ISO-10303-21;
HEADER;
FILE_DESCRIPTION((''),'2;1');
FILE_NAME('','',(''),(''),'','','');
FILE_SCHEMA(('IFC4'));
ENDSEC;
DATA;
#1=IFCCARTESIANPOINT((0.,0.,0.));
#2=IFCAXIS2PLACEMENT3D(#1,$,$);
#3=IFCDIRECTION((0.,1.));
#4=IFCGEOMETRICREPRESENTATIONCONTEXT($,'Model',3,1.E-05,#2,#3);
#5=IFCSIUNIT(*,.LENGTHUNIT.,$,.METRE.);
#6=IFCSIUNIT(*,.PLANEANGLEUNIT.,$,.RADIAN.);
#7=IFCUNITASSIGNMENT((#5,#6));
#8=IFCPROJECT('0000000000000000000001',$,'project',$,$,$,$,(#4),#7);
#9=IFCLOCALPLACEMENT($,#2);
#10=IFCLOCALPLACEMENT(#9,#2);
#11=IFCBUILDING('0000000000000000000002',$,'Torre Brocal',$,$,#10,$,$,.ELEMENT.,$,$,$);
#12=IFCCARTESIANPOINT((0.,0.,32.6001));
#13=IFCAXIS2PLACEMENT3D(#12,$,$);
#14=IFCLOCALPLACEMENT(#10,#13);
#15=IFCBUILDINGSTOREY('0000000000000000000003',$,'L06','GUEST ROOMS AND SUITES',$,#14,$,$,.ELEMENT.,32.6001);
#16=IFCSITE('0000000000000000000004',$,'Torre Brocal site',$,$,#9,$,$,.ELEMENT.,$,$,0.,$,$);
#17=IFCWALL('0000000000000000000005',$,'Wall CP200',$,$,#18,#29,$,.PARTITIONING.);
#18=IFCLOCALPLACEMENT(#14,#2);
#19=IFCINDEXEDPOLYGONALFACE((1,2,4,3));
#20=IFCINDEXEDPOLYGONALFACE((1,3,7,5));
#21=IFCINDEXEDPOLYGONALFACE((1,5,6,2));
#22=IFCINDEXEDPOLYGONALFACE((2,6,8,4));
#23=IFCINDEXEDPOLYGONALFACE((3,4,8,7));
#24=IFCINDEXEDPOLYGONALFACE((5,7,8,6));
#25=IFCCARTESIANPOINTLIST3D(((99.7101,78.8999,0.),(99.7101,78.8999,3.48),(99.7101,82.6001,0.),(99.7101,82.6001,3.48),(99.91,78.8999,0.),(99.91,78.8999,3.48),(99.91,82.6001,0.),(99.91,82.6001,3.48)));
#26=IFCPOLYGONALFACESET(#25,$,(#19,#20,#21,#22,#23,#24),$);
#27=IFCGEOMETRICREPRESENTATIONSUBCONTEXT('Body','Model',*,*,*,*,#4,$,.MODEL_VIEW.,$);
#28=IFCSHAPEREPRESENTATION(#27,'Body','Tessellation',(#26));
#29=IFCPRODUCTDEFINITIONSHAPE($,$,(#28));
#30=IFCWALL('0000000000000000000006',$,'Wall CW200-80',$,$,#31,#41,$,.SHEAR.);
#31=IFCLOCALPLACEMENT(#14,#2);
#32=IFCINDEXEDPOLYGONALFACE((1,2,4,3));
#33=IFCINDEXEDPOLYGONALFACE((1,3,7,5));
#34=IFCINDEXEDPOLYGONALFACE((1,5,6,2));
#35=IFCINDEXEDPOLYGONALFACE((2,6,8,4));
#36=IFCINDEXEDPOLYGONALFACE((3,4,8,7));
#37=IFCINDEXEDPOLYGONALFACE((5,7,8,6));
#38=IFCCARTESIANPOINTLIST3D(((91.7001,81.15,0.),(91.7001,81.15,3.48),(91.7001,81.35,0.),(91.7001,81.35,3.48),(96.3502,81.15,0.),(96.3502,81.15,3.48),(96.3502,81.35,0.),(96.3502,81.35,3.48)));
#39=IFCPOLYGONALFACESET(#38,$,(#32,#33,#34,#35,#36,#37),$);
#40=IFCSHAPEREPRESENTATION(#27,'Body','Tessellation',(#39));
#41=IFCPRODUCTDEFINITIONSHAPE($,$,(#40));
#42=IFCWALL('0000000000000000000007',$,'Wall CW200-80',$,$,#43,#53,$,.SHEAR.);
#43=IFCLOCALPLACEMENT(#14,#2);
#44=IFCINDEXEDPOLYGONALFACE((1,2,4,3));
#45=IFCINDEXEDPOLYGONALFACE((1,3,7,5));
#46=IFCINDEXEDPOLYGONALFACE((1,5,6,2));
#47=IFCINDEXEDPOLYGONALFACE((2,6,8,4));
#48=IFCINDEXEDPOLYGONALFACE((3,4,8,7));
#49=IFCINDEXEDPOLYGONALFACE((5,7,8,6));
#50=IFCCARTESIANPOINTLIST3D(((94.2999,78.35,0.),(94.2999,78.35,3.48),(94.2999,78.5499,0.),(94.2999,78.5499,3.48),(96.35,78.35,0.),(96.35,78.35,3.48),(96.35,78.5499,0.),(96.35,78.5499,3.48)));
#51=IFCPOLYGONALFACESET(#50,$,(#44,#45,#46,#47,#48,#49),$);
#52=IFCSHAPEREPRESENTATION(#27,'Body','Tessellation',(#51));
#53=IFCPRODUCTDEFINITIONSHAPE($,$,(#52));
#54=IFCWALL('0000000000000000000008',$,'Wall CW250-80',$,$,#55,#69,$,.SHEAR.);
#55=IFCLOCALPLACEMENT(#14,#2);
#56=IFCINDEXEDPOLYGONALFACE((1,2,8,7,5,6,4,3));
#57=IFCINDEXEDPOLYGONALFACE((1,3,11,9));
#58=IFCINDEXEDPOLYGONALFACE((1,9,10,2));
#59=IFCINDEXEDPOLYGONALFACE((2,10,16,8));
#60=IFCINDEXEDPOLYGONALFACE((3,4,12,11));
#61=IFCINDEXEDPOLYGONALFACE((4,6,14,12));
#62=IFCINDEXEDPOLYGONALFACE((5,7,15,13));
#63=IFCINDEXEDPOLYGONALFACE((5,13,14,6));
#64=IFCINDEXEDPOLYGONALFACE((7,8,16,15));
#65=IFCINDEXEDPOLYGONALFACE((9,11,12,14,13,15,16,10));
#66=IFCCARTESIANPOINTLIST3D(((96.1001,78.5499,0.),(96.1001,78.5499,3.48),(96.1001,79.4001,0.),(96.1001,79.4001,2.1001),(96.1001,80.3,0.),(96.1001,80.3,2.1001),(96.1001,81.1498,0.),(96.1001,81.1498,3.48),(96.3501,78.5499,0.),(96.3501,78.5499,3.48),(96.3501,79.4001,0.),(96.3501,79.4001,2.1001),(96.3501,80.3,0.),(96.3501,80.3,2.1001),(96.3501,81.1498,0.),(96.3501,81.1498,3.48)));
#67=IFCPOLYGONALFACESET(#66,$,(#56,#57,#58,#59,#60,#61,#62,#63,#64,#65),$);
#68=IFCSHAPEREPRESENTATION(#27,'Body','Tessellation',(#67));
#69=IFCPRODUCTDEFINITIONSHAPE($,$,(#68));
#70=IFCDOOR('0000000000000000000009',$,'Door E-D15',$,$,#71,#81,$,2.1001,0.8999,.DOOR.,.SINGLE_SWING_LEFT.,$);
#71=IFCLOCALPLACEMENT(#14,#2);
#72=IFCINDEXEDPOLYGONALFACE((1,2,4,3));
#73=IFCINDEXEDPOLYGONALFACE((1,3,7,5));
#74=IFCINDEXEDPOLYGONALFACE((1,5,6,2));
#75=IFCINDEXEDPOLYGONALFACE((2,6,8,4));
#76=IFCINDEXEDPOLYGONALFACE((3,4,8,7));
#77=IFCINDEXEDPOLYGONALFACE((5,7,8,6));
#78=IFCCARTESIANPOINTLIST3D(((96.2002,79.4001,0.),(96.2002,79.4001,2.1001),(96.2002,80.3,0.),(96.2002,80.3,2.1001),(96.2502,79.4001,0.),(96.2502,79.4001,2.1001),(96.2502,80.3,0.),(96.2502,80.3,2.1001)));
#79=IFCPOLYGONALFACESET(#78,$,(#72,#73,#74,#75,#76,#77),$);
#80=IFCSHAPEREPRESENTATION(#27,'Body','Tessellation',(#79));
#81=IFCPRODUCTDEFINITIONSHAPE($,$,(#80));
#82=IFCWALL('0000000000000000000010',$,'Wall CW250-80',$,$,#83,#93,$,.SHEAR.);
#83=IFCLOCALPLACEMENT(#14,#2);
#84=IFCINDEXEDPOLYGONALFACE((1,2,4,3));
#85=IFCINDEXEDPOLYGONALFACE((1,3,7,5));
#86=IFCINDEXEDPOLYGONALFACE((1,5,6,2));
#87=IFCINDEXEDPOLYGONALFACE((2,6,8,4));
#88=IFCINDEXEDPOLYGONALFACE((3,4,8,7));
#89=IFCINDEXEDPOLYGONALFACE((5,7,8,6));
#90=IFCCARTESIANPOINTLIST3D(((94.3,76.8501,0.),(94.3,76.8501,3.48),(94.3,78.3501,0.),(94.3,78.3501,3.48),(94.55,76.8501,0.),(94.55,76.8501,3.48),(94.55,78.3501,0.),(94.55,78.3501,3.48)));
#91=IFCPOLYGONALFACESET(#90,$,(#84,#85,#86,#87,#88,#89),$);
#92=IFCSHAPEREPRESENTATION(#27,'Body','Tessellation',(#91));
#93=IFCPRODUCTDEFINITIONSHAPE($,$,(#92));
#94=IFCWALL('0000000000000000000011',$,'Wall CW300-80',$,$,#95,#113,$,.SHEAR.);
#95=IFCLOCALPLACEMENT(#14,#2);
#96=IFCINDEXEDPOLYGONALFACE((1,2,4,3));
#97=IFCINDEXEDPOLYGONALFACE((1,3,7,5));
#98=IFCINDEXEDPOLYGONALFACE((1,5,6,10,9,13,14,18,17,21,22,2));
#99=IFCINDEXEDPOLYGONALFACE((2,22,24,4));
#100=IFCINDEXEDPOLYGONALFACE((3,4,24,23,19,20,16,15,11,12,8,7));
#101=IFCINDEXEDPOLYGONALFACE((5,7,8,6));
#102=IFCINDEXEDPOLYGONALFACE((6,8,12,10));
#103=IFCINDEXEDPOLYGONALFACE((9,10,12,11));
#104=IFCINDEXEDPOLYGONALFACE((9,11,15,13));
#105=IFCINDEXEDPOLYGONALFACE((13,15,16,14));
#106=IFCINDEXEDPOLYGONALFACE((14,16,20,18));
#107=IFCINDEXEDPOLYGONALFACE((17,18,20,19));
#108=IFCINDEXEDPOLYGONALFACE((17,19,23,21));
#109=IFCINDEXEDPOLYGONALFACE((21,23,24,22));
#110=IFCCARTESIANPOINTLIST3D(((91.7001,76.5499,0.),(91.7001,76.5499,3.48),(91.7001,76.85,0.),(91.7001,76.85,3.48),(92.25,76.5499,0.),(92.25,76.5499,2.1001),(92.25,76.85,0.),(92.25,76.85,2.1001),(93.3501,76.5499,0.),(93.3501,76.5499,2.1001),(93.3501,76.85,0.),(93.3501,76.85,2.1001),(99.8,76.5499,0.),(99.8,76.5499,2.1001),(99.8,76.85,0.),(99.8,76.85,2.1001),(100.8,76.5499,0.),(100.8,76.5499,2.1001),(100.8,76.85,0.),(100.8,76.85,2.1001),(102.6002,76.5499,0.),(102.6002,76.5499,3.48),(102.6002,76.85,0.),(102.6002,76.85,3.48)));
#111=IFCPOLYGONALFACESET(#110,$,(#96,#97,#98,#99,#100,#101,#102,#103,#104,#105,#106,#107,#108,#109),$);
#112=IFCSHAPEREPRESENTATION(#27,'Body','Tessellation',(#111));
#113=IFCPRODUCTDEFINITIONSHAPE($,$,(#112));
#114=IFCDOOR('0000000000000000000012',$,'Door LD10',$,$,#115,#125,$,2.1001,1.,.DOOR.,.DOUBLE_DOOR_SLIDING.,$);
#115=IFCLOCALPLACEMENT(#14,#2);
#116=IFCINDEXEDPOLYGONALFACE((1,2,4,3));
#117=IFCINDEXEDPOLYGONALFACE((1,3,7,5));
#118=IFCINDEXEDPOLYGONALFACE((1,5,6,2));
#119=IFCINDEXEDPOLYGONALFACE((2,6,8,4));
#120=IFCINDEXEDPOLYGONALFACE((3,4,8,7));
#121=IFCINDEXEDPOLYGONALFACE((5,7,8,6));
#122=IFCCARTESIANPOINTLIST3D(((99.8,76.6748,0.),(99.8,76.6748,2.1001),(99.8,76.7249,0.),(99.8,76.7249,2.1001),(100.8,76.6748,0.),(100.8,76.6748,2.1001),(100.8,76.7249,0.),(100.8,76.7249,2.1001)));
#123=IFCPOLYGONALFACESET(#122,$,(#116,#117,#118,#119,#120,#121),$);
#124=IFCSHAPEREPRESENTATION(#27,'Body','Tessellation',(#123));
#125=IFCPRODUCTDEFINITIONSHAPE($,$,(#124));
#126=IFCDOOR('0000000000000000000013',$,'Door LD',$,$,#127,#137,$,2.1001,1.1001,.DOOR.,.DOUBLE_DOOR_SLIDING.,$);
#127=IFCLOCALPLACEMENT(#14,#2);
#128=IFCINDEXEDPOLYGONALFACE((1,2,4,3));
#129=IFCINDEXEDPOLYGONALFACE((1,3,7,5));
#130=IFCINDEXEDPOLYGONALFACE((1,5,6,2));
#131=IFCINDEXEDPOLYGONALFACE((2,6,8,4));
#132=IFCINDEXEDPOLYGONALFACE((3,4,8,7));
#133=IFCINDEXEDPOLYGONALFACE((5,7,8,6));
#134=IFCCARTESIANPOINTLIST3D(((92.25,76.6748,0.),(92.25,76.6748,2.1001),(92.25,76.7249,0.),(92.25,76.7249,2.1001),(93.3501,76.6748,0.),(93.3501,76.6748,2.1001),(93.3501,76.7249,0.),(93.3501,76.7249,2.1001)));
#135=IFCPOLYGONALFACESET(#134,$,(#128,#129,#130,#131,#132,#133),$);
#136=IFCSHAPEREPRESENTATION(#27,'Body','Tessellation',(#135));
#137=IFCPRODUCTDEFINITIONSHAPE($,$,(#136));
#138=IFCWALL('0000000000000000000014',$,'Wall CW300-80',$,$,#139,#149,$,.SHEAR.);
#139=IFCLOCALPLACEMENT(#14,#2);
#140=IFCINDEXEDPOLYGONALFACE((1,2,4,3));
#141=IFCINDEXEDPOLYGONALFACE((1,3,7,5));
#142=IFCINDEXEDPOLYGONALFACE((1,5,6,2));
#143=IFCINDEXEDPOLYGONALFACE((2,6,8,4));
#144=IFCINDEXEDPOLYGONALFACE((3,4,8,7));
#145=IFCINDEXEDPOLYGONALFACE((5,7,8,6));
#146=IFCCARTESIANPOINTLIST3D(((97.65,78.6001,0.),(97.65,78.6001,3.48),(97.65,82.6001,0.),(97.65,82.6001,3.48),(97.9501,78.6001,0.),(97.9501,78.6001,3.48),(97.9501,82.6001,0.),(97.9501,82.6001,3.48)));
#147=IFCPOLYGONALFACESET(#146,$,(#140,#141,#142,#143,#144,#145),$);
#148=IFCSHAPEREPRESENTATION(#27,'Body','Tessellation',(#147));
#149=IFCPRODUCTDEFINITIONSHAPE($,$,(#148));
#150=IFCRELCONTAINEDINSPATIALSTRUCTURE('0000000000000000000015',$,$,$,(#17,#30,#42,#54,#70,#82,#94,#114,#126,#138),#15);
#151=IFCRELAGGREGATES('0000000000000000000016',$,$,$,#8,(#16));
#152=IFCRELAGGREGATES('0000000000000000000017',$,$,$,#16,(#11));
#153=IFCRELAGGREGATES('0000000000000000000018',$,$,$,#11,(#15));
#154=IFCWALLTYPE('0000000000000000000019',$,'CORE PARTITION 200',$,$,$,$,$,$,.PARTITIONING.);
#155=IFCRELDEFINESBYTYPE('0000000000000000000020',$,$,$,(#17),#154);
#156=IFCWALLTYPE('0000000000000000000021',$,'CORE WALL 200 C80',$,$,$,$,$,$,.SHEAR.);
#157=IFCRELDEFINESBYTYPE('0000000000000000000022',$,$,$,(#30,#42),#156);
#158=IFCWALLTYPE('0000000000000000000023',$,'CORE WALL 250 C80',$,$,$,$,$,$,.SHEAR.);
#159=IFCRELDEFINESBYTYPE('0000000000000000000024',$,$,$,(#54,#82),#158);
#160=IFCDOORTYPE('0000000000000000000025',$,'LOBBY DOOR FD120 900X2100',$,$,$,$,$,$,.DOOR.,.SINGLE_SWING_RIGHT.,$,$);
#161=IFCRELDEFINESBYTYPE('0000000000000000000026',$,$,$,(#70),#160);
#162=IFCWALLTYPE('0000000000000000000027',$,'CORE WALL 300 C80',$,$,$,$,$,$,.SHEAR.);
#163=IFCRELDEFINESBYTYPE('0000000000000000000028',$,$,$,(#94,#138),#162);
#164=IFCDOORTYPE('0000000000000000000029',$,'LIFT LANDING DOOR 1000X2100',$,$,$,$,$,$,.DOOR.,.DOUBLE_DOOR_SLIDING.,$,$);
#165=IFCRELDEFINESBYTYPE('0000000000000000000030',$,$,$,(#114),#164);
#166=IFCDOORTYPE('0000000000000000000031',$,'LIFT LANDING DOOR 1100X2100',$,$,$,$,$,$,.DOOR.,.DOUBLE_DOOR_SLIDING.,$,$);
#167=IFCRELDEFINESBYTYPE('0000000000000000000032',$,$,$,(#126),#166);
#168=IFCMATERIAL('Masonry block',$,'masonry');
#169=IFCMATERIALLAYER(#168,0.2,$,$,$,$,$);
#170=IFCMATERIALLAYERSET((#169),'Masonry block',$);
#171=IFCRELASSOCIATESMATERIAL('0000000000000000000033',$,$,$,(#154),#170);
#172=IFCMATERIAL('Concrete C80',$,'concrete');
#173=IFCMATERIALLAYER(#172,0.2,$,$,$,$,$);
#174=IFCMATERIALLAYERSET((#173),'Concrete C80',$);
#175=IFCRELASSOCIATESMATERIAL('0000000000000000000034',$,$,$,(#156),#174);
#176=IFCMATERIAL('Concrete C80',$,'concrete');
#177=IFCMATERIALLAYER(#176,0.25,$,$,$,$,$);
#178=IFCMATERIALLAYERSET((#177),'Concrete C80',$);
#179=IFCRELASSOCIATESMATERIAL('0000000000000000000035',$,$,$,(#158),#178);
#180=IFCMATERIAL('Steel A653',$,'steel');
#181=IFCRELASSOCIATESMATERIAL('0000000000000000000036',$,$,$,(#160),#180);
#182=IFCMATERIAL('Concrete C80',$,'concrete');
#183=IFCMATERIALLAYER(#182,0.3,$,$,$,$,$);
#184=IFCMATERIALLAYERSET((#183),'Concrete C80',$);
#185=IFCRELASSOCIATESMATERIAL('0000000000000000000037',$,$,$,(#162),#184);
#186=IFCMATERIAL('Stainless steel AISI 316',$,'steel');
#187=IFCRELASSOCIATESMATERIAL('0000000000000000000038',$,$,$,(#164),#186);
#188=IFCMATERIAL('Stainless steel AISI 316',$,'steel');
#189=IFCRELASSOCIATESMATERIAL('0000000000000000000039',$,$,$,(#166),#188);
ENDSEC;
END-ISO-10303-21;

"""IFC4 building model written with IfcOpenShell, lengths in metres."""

from ifc_helpers import new_model, si_unit, direction, frame, frame_2d, origin, place, context, subcontext, project, spatial, rectangle, extrude, material, layer, layer_set, type_object, element, fill, save


model = new_model("IFC4")

# Units and contexts
model_context = context("Model", 3, precision=1e-05, world=origin(), true_north=direction((0.0, 1.0)))
body_context = subcontext(model_context, "Body", "Model", "MODEL_VIEW")
ifc_project = project(units=[si_unit("LENGTHUNIT", "METRE"), si_unit("PLANEANGLEUNIT", "RADIAN")], contexts=[model_context])

# Site, building, storey
site_placement = place(None, origin())
site = spatial("IfcSite", under=ifc_project, at=site_placement, Name="Torre Brocal site", CompositionType="ELEMENT", RefElevation=0.0)
building_placement = place(site_placement, origin())
building = spatial("IfcBuilding", under=site, at=building_placement, Name="Torre Brocal", CompositionType="ELEMENT")
storey_placement = place(building_placement, frame((0.0, 0.0, 32.6001)))
storey = spatial("IfcBuildingStorey", under=building, at=storey_placement, Name="L06", Description="GUEST ROOMS AND SUITES", CompositionType="ELEMENT", Elevation=32.6001)

# Walls
ifc_material_1 = material(Name="Masonry block", Category="masonry")
ifc_layer_1 = layer(ifc_material_1, 0.2)
ifc_layer_set_1 = layer_set([ifc_layer_1], Name="Masonry block")
wall_type_1 = type_object("IfcWallType", Name="CORE PARTITION 200", PredefinedType="PARTITIONING", material=ifc_layer_set_1)
wall_1_placement = place(storey_placement, frame((99.8101, 78.8999, 0.0), z_axis=(0.0, 0.0, 1.0), x_axis=(0.0, 1.0, 0.0)))
element("IfcWall", 1, at=wall_1_placement, inside=storey, type_object=wall_type_1, Name="Wall CP200", PredefinedType="PARTITIONING", context=body_context, shape_type="SweptSolid", body=[
    extrude(rectangle(XDim=3.7002, YDim=0.2, at=frame_2d((1.8501, 0.0))), origin(), (0.0, 0.0, 1.0), 3.48),
])
ifc_material_2 = material(Name="Concrete C80", Category="concrete")
ifc_layer_2 = layer(ifc_material_2, 0.2)
ifc_layer_set_2 = layer_set([ifc_layer_2], Name="Concrete C80")
wall_type_2 = type_object("IfcWallType", Name="CORE WALL 200 C80", PredefinedType="SHEAR", material=ifc_layer_set_2)
wall_2_placement = place(storey_placement, frame((91.7, 81.25, 0.0), z_axis=(0.0, 0.0, 1.0), x_axis=(1.0, 0.0, 0.0)))
element("IfcWall", 2, at=wall_2_placement, inside=storey, type_object=wall_type_2, Name="Wall CW200-80", PredefinedType="SHEAR", context=body_context, shape_type="SweptSolid", body=[
    extrude(rectangle(XDim=4.6501, YDim=0.2, at=frame_2d((2.3252, 0.0))), origin(), (0.0, 0.0, 1.0), 3.48),
])
wall_3_placement = place(storey_placement, frame((94.3, 78.45, 0.0), z_axis=(0.0, 0.0, 1.0), x_axis=(1.0, 0.0, 0.0)))
element("IfcWall", 3, at=wall_3_placement, inside=storey, type_object=wall_type_2, Name="Wall CW200-80", PredefinedType="SHEAR", context=body_context, shape_type="SweptSolid", body=[
    extrude(rectangle(XDim=2.05, YDim=0.2, at=frame_2d((1.0249, 0.0))), origin(), (0.0, 0.0, 1.0), 3.48),
])

# Wall, opening, door
ifc_material_3 = material(Name="Concrete C80", Category="concrete")
ifc_layer_3 = layer(ifc_material_3, 0.25)
ifc_layer_set_3 = layer_set([ifc_layer_3], Name="Concrete C80")
wall_type_3 = type_object("IfcWallType", Name="CORE WALL 250 C80", PredefinedType="SHEAR", material=ifc_layer_set_3)
wall_4_placement = place(storey_placement, frame((96.2251, 78.55, 0.0), z_axis=(0.0, 0.0, 1.0), x_axis=(0.0, 1.0, 0.0)))
wall_4 = element("IfcWall", 4, at=wall_4_placement, inside=storey, type_object=wall_type_3, Name="Wall CW250-80", PredefinedType="SHEAR", context=body_context, shape_type="SweptSolid", body=[
    extrude(rectangle(XDim=2.5999, YDim=0.25, at=frame_2d((1.2998, 0.0))), origin(), (0.0, 0.0, 1.0), 3.48),
])
opening_1_placement = place(wall_4_placement, frame((0.8501, 0.0, 0.0)))
opening_1 = element("IfcOpeningElement", 5, at=opening_1_placement, cuts=wall_4, PredefinedType="OPENING", context=body_context, shape_type="SweptSolid", body=[
    extrude(rectangle(XDim=0.8999, YDim=2.1001, at=frame_2d((0.45, 1.05))), frame((0.0, 0.135, 0.0), z_axis=(0.0, -1.0, 0.0), x_axis=(1.0, 0.0, 0.0)), (0.0, 0.0, 1.0), 0.27),
])
ifc_material_4 = material(Name="Steel A653", Category="steel")
door_type_1 = type_object("IfcDoorType", Name="LOBBY DOOR FD120 900X2100", OperationType="SINGLE_SWING_RIGHT", PredefinedType="DOOR", material=ifc_material_4)
door_1_placement = place(opening_1_placement, origin())
door_1 = element("IfcDoor", 6, at=door_1_placement, inside=storey, type_object=door_type_1, Name="Door E-D15", OperationType="SINGLE_SWING_LEFT", OverallHeight=2.1001, OverallWidth=0.8999, PredefinedType="DOOR", context=body_context, shape_type="SweptSolid", body=[
    extrude(rectangle(XDim=0.8999, YDim=2.1001, at=frame_2d((0.45, 1.05))), frame((0.0, 0.0249, 0.0), z_axis=(0.0, -1.0, 0.0), x_axis=(1.0, 0.0, 0.0)), (0.0, 0.0, 1.0), 0.05),
])
fill(opening_1, door_1)

# Wall
wall_5_placement = place(storey_placement, frame((94.425, 76.8501, 0.0), z_axis=(0.0, 0.0, 1.0), x_axis=(0.0, 1.0, 0.0)))
element("IfcWall", 7, at=wall_5_placement, inside=storey, type_object=wall_type_3, Name="Wall CW250-80", PredefinedType="SHEAR", context=body_context, shape_type="SweptSolid", body=[
    extrude(rectangle(XDim=1.5, YDim=0.25, at=frame_2d((0.75, 0.0))), origin(), (0.0, 0.0, 1.0), 3.48),
])

# Wall, openings, doors
ifc_material_5 = material(Name="Concrete C80", Category="concrete")
ifc_layer_4 = layer(ifc_material_5, 0.3)
ifc_layer_set_4 = layer_set([ifc_layer_4], Name="Concrete C80")
wall_type_4 = type_object("IfcWallType", Name="CORE WALL 300 C80", PredefinedType="SHEAR", material=ifc_layer_set_4)
wall_6_placement = place(storey_placement, frame((91.7, 76.7, 0.0), z_axis=(0.0, 0.0, 1.0), x_axis=(1.0, 0.0, 0.0)))
wall_6 = element("IfcWall", 8, at=wall_6_placement, inside=storey, type_object=wall_type_4, Name="Wall CW300-80", PredefinedType="SHEAR", context=body_context, shape_type="SweptSolid", body=[
    extrude(rectangle(XDim=10.9001, YDim=0.3, at=frame_2d((5.4502, 0.0))), origin(), (0.0, 0.0, 1.0), 3.48),
])
opening_2_placement = place(wall_6_placement, frame((0.55, 0.0, 0.0)))
opening_2 = element("IfcOpeningElement", 9, at=opening_2_placement, cuts=wall_6, PredefinedType="OPENING", context=body_context, shape_type="SweptSolid", body=[
    extrude(rectangle(XDim=1.1001, YDim=2.1001, at=frame_2d((0.55, 1.05))), frame((0.0, 0.1599, 0.0), z_axis=(0.0, -1.0, 0.0), x_axis=(1.0, 0.0, 0.0)), (0.0, 0.0, 1.0), 0.3201),
])
opening_3_placement = place(wall_6_placement, frame((8.1001, 0.0, 0.0)))
opening_3 = element("IfcOpeningElement", 10, at=opening_3_placement, cuts=wall_6, PredefinedType="OPENING", context=body_context, shape_type="SweptSolid", body=[
    extrude(rectangle(XDim=1.0, YDim=2.1001, at=frame_2d((0.5, 1.05))), frame((0.0, 0.1599, 0.0), z_axis=(0.0, -1.0, 0.0), x_axis=(1.0, 0.0, 0.0)), (0.0, 0.0, 1.0), 0.3201),
])
ifc_material_6 = material(Name="Stainless steel AISI 316", Category="steel")
door_type_2 = type_object("IfcDoorType", Name="LIFT LANDING DOOR 1000X2100", OperationType="DOUBLE_DOOR_SLIDING", PredefinedType="DOOR", material=ifc_material_6)
door_2_placement = place(opening_3_placement, origin())
door_2 = element("IfcDoor", 11, at=door_2_placement, inside=storey, type_object=door_type_2, Name="Door LD10", OperationType="DOUBLE_DOOR_SLIDING", OverallHeight=2.1001, OverallWidth=1.0, PredefinedType="DOOR", context=body_context, shape_type="SweptSolid", body=[
    extrude(rectangle(XDim=1.0, YDim=2.1001, at=frame_2d((0.5, 1.05))), frame((0.0, 0.0249, 0.0), z_axis=(0.0, -1.0, 0.0), x_axis=(1.0, 0.0, 0.0)), (0.0, 0.0, 1.0), 0.05),
])
fill(opening_3, door_2)
ifc_material_7 = material(Name="Stainless steel AISI 316", Category="steel")
door_type_3 = type_object("IfcDoorType", Name="LIFT LANDING DOOR 1100X2100", OperationType="DOUBLE_DOOR_SLIDING", PredefinedType="DOOR", material=ifc_material_7)
door_3_placement = place(opening_2_placement, origin())
door_3 = element("IfcDoor", 12, at=door_3_placement, inside=storey, type_object=door_type_3, Name="Door LD", OperationType="DOUBLE_DOOR_SLIDING", OverallHeight=2.1001, OverallWidth=1.1001, PredefinedType="DOOR", context=body_context, shape_type="SweptSolid", body=[
    extrude(rectangle(XDim=1.1001, YDim=2.1001, at=frame_2d((0.55, 1.05))), frame((0.0, 0.0249, 0.0), z_axis=(0.0, -1.0, 0.0), x_axis=(1.0, 0.0, 0.0)), (0.0, 0.0, 1.0), 0.05),
])
fill(opening_2, door_3)

# Wall
wall_7_placement = place(storey_placement, frame((97.8, 78.6001, 0.0), z_axis=(0.0, 0.0, 1.0), x_axis=(0.0, 1.0, 0.0)))
element("IfcWall", 13, at=wall_7_placement, inside=storey, type_object=wall_type_4, Name="Wall CW300-80", PredefinedType="SHEAR", context=body_context, shape_type="SweptSolid", body=[
    extrude(rectangle(XDim=4.0, YDim=0.3, at=frame_2d((2.0, 0.0))), origin(), (0.0, 0.0, 1.0), 3.48),
])

save(model, "model.ifc")
